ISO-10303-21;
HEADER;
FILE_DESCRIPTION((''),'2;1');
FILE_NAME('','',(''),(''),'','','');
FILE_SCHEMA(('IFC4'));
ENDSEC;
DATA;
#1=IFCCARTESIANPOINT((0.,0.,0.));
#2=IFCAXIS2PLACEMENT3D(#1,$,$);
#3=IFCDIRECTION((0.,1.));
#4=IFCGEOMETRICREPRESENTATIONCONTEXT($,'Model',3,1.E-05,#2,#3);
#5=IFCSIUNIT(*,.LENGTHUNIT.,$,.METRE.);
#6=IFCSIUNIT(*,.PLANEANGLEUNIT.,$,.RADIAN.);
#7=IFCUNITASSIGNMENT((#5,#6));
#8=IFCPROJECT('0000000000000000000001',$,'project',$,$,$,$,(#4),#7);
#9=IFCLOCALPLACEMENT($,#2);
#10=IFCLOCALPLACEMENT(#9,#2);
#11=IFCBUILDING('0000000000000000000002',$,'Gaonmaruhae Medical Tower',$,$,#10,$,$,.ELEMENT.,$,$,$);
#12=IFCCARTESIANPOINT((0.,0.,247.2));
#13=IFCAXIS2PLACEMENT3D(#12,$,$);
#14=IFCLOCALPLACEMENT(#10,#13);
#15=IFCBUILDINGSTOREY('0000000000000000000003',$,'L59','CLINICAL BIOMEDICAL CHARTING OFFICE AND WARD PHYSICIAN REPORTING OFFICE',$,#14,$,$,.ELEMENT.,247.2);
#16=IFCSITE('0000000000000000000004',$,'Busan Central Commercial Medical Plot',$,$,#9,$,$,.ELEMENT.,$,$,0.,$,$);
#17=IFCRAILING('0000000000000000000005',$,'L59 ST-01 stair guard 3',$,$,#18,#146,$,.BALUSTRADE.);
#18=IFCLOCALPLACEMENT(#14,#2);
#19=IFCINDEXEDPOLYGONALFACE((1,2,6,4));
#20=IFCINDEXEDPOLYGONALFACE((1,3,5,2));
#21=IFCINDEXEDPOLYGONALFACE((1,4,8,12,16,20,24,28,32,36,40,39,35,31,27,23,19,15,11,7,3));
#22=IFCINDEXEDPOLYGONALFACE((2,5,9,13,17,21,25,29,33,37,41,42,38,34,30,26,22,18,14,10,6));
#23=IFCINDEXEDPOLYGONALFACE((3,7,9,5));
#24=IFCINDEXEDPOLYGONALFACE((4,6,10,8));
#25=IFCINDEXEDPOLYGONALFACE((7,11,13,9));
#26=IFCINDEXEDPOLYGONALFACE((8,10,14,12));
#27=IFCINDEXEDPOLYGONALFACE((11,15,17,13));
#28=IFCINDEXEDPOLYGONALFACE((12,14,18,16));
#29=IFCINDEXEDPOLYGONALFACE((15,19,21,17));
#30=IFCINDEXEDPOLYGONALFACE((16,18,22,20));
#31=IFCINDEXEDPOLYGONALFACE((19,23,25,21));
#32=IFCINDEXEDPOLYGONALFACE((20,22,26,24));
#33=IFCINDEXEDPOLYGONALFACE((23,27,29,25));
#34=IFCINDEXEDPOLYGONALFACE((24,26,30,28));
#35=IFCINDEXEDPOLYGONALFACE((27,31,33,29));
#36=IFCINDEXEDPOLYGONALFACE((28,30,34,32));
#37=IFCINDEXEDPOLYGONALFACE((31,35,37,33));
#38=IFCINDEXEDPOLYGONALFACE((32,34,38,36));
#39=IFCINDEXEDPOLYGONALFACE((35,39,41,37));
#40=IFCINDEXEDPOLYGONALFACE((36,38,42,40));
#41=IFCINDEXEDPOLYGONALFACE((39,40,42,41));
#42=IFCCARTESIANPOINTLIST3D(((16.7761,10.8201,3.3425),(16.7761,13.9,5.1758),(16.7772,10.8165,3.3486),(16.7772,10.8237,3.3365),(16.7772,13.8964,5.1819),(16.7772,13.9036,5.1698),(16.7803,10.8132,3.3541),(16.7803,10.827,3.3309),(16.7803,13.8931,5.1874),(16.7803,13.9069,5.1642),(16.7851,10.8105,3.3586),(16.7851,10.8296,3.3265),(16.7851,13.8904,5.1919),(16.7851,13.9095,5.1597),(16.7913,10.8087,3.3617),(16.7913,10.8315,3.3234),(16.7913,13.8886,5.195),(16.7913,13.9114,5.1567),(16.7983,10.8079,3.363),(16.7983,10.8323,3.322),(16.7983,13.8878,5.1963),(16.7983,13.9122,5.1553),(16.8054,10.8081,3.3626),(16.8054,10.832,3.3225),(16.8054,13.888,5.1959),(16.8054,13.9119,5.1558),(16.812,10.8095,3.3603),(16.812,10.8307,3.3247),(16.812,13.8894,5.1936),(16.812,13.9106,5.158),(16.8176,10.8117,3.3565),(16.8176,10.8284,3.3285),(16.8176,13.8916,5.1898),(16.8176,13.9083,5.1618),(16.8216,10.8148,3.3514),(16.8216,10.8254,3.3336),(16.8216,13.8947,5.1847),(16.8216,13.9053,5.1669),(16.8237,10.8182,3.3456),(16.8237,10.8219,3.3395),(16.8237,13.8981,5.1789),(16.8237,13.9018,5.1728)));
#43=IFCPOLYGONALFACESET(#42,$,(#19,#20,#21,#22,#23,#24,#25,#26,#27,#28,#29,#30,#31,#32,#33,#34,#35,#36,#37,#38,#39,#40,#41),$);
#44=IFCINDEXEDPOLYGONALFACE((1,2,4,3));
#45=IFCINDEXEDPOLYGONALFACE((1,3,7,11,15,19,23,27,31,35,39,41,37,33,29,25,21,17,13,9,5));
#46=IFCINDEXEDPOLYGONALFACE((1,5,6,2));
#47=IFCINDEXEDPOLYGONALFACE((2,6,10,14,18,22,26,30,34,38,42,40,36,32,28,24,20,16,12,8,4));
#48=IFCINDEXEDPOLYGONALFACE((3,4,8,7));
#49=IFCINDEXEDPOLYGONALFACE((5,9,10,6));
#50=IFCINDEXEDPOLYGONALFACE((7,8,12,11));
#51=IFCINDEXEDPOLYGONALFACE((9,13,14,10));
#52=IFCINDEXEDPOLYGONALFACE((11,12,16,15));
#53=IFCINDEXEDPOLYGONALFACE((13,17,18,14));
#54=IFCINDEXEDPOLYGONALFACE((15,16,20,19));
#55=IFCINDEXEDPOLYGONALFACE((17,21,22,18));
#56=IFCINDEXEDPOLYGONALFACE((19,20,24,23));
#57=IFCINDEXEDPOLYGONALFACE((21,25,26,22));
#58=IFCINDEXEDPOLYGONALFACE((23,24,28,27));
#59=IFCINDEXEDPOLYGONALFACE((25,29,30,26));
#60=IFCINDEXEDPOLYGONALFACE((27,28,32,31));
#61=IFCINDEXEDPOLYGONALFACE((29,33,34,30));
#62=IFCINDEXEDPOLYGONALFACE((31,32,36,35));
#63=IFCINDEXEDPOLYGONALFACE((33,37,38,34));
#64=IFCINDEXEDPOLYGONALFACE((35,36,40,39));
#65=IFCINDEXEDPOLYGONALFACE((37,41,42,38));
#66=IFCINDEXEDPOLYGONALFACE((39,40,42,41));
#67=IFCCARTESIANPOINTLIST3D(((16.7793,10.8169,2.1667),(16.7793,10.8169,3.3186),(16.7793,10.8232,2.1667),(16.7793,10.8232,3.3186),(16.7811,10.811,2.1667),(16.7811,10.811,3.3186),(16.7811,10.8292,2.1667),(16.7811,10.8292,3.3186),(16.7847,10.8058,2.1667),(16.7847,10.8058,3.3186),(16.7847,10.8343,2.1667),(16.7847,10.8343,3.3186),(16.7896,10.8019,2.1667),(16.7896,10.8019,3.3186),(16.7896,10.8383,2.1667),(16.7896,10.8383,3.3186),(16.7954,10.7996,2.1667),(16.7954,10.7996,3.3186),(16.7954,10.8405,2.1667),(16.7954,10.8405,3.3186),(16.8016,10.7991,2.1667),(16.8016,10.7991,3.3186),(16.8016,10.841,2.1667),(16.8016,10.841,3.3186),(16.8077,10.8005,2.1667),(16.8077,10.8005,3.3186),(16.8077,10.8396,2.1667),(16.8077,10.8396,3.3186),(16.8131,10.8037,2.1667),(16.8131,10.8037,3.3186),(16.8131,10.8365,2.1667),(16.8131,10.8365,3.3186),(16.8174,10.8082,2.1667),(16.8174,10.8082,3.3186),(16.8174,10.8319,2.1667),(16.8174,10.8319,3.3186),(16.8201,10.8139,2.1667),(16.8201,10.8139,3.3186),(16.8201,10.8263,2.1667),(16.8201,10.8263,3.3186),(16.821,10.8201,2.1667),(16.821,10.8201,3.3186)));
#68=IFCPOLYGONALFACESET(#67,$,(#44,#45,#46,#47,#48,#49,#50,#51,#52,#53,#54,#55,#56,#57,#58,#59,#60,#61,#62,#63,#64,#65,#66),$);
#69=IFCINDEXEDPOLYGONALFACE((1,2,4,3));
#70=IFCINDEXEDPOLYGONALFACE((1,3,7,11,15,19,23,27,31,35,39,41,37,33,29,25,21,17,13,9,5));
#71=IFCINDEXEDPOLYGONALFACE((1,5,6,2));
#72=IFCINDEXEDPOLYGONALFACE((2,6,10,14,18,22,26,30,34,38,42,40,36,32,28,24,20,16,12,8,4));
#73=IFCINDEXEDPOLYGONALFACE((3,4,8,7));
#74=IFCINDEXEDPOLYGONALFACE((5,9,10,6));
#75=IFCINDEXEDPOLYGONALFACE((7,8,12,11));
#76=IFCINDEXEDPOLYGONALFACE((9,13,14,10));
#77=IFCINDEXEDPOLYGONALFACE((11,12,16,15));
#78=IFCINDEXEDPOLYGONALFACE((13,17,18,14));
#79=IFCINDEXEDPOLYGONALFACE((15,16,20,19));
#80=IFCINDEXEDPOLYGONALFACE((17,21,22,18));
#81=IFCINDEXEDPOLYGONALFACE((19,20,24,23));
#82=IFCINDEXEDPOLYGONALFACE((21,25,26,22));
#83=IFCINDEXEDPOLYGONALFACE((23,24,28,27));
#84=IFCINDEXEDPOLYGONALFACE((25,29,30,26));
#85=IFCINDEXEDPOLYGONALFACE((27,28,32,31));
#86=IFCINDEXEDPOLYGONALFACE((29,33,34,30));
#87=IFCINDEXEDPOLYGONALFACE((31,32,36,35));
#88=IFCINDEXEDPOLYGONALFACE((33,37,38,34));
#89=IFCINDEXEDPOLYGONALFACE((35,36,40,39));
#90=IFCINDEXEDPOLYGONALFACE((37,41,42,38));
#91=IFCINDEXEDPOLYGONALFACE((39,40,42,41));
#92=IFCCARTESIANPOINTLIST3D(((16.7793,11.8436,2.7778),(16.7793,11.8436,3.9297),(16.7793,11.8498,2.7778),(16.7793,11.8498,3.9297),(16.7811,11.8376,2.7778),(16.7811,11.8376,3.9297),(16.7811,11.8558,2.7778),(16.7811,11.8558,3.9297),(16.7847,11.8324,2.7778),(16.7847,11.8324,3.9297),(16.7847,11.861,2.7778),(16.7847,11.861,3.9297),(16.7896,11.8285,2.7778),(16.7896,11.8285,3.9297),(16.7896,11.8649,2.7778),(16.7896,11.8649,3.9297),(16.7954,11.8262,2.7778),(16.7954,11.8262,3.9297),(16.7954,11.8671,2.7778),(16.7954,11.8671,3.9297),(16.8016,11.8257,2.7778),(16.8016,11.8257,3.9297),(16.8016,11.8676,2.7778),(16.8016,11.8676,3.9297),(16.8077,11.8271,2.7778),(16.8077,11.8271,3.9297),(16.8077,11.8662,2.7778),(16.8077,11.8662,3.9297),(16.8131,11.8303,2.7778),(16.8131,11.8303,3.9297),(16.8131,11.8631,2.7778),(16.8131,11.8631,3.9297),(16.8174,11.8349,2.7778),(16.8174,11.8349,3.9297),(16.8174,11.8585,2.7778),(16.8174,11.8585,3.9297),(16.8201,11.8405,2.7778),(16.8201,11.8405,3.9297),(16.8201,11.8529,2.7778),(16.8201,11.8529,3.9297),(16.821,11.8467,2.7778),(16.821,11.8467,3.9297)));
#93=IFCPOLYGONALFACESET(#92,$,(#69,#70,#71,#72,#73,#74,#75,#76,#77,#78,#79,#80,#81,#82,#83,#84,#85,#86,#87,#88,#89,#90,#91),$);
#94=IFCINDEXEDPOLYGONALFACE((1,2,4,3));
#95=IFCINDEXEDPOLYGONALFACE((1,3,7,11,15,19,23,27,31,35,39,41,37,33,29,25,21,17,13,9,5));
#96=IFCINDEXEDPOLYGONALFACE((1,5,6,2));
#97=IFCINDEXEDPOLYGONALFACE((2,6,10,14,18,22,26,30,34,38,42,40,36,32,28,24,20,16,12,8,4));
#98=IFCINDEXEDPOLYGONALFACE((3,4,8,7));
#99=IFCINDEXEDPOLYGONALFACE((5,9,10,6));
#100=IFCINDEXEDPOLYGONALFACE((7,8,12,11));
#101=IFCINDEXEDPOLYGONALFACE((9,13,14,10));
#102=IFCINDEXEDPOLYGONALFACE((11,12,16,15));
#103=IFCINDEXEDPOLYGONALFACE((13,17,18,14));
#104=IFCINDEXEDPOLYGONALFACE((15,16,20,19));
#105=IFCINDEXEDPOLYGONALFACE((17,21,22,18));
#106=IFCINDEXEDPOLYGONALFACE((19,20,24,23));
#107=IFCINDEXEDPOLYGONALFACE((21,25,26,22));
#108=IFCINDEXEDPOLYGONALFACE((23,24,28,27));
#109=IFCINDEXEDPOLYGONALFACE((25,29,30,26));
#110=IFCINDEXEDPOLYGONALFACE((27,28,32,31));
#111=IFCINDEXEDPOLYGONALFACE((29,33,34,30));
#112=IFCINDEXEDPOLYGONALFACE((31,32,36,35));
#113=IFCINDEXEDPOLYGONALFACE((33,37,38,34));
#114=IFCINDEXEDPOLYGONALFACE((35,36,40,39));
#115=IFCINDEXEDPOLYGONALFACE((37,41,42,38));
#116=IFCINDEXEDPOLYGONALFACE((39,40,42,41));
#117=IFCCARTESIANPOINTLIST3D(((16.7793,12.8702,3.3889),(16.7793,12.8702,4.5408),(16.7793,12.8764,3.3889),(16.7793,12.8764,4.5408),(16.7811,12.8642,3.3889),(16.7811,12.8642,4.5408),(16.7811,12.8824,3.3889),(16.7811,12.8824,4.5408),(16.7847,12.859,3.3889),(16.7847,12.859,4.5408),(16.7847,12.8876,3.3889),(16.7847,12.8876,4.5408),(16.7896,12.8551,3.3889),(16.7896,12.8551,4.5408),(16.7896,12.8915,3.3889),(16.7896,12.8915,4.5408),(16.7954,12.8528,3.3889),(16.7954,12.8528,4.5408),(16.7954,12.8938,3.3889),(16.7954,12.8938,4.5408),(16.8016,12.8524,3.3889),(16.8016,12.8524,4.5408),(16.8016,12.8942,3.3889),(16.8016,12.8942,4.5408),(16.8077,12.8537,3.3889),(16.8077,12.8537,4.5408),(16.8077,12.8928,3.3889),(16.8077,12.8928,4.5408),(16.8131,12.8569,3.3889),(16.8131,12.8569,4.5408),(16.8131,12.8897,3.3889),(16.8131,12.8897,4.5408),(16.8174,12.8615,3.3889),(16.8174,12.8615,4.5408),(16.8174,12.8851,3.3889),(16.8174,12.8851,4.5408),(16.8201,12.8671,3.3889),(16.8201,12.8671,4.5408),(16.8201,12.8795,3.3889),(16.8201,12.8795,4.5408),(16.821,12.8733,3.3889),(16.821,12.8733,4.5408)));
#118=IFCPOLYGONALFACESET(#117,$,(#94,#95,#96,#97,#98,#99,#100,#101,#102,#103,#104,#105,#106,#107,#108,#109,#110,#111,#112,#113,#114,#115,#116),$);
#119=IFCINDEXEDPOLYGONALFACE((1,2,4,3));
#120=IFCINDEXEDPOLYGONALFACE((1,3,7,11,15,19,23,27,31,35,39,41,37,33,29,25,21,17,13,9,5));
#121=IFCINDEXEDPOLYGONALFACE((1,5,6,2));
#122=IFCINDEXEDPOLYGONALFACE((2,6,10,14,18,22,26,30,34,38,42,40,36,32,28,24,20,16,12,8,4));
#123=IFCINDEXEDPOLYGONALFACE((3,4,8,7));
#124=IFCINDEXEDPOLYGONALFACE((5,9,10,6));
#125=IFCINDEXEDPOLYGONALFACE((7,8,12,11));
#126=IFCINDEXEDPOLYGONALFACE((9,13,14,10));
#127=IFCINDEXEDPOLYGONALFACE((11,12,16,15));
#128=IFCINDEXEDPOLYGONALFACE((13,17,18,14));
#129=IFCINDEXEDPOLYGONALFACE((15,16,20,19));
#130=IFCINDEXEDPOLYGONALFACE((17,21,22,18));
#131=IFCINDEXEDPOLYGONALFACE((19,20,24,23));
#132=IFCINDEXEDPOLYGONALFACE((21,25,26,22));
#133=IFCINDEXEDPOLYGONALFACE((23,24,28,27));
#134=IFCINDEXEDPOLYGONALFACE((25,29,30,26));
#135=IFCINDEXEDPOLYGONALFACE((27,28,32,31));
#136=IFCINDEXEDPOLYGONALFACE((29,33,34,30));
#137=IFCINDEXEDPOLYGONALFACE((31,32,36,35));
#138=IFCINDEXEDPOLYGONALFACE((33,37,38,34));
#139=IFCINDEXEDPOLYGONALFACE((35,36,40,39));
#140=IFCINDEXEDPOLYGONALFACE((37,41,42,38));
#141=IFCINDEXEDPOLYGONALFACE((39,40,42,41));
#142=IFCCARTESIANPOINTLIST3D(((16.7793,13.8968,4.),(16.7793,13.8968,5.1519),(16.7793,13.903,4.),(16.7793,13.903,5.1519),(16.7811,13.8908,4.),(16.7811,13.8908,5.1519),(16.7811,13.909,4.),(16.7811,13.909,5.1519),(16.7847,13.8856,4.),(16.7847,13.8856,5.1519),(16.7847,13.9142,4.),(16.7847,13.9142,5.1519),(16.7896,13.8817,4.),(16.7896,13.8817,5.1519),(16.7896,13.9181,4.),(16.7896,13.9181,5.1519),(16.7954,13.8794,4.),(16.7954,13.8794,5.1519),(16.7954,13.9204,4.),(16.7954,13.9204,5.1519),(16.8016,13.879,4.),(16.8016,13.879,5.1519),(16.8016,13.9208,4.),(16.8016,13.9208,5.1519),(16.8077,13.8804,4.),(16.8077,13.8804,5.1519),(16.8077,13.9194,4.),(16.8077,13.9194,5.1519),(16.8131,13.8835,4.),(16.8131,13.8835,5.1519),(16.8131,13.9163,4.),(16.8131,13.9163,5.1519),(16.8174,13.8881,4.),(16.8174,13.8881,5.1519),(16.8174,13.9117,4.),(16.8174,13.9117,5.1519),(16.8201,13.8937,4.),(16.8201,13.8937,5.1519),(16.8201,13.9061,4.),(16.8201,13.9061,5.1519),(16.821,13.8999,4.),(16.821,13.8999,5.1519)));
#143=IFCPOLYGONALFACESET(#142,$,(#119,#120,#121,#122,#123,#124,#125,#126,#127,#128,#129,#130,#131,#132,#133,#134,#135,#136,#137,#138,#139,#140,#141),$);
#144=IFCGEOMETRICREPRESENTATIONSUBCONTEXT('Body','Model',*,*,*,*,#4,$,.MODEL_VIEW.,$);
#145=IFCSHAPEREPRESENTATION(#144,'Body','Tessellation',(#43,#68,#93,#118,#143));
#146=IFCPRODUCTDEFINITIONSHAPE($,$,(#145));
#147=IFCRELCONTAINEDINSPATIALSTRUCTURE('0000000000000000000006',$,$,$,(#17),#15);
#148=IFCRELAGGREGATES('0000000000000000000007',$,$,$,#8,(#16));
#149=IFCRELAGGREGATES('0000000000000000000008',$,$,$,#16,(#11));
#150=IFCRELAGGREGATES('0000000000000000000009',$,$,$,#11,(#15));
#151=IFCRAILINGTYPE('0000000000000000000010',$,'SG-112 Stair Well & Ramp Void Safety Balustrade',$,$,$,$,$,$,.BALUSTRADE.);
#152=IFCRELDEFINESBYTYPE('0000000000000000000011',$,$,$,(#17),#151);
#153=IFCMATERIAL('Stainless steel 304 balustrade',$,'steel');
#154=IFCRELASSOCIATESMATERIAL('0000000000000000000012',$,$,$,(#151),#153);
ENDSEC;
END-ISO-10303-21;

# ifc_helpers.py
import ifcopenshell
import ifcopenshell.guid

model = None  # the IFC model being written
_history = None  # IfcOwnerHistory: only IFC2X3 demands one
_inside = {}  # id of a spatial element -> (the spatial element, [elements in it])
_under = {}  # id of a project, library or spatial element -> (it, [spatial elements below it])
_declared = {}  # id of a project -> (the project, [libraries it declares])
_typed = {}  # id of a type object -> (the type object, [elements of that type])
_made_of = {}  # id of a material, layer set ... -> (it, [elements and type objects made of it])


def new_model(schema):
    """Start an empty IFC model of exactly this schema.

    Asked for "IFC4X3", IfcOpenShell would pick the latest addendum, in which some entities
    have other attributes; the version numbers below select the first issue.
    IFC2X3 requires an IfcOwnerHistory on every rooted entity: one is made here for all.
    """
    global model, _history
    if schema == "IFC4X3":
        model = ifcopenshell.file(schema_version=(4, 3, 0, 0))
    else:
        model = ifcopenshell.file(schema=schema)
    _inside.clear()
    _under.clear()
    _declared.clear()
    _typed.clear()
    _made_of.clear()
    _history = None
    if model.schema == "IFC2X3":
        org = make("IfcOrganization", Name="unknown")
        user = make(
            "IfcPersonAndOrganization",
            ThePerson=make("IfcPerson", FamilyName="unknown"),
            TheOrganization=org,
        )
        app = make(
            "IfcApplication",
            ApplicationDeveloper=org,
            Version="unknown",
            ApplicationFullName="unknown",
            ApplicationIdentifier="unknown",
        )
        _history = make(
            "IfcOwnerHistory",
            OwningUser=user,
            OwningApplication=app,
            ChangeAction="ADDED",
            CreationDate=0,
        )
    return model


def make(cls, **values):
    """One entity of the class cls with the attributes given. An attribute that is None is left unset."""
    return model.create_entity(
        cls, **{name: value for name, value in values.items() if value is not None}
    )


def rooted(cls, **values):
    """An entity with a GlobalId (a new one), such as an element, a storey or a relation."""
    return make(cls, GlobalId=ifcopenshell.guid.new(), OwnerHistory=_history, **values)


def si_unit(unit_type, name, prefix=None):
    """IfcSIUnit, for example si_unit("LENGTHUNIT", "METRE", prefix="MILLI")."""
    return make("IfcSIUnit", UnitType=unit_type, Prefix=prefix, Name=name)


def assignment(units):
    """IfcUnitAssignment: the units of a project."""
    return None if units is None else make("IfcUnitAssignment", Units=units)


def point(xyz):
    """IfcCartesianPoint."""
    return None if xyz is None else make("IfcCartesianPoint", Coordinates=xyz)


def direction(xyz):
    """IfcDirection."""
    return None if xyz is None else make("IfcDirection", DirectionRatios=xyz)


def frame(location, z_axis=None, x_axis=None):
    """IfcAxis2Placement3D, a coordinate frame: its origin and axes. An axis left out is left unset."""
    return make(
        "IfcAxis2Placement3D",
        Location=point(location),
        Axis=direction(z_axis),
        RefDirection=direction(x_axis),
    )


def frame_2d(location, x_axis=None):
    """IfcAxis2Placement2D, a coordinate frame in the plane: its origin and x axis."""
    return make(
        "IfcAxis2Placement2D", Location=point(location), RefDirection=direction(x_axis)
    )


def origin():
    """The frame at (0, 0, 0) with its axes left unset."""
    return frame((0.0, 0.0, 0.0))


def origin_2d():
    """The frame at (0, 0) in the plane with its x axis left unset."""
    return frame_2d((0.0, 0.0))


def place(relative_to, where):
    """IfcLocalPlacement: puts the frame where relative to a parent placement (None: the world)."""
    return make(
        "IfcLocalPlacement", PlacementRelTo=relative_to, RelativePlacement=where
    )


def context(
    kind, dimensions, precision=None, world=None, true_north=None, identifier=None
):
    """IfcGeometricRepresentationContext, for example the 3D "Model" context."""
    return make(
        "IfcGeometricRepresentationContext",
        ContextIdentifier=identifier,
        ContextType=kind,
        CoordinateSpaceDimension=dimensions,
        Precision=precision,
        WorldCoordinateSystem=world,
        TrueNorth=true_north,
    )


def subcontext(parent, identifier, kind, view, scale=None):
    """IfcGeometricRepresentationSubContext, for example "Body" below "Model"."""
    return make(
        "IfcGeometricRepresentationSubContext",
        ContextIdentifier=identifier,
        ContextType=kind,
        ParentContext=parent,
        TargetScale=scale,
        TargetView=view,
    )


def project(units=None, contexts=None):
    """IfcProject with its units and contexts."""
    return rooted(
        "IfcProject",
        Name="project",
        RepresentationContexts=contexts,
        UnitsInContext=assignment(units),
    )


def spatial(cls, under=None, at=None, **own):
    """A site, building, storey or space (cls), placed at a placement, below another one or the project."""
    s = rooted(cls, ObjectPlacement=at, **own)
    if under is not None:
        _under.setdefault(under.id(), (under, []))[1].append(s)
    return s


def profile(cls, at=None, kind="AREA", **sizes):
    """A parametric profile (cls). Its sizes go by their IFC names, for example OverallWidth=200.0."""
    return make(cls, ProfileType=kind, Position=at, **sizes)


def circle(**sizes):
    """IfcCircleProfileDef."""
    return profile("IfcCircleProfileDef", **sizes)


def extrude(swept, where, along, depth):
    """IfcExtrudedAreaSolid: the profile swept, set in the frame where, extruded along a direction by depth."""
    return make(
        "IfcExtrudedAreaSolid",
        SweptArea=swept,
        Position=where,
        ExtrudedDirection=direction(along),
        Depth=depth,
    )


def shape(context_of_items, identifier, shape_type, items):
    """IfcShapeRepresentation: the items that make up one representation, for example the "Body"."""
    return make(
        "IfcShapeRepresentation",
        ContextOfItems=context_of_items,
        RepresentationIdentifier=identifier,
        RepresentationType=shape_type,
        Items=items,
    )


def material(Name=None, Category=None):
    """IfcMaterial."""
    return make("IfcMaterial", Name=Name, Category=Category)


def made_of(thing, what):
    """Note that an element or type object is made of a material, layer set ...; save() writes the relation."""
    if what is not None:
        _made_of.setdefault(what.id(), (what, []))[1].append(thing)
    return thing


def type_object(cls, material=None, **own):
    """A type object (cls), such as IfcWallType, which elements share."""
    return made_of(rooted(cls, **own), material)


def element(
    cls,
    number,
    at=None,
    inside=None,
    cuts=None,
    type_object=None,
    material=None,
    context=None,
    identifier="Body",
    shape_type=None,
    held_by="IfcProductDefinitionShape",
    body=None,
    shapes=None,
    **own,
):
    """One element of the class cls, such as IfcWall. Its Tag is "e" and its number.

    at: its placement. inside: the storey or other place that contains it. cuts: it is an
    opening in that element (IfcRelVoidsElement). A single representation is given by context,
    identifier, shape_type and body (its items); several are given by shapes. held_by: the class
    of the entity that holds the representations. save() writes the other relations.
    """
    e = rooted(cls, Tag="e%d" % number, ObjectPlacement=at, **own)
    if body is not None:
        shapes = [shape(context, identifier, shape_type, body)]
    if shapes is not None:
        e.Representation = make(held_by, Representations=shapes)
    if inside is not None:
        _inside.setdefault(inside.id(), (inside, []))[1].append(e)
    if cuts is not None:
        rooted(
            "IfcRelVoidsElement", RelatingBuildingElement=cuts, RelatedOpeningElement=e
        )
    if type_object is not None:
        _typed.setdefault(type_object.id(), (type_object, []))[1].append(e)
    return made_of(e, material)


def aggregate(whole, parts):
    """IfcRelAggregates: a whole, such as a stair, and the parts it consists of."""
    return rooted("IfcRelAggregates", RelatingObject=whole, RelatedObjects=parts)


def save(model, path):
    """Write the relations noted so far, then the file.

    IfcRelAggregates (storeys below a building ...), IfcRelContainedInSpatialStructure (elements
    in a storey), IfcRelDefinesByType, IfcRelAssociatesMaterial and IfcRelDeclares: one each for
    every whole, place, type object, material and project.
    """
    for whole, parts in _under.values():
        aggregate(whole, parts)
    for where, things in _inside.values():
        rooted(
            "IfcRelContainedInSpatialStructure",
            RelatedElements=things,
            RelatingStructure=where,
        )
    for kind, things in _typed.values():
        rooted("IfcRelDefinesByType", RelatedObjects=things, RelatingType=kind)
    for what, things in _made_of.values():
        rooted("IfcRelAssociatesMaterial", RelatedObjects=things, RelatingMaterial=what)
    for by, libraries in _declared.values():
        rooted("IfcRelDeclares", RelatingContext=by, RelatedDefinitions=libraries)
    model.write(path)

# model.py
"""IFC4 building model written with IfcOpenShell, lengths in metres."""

from ifc_helpers import new_model, si_unit, direction, frame, origin, origin_2d, place, context, subcontext, project, spatial, circle, extrude, material, type_object, element, save


model = new_model("IFC4")

# Units and contexts
model_context = context("Model", 3, precision=1e-05, world=origin(), true_north=direction((0.0, 1.0)))
body_context = subcontext(model_context, "Body", "Model", "MODEL_VIEW")
ifc_project = project(units=[si_unit("LENGTHUNIT", "METRE"), si_unit("PLANEANGLEUNIT", "RADIAN")], contexts=[model_context])

# Site, building, storey
site_placement = place(None, origin())
site = spatial("IfcSite", under=ifc_project, at=site_placement, Name="Busan Central Commercial Medical Plot", CompositionType="ELEMENT", RefElevation=0.0)
building_placement = place(site_placement, origin())
building = spatial("IfcBuilding", under=site, at=building_placement, Name="Gaonmaruhae Medical Tower", CompositionType="ELEMENT")
storey_placement = place(building_placement, frame((0.0, 0.0, 247.2)))
storey = spatial("IfcBuildingStorey", under=building, at=storey_placement, Name="L59", Description="CLINICAL BIOMEDICAL CHARTING OFFICE AND WARD PHYSICIAN REPORTING OFFICE", CompositionType="ELEMENT", Elevation=247.2)

# Railing
ifc_material_1 = material(Name="Stainless steel 304 balustrade", Category="steel")
railing_type_1 = type_object("IfcRailingType", Name="SG-112 Stair Well & Ramp Void Safety Balustrade", PredefinedType="BALUSTRADE", material=ifc_material_1)
railing_1_placement = place(storey_placement, frame((16.8, 10.8201, 2.1667)))
element("IfcRailing", 1, at=railing_1_placement, inside=storey, type_object=railing_type_1, Name="L59 ST-01 stair guard 3", PredefinedType="BALUSTRADE", context=body_context, shape_type="SweptSolid", body=[
    extrude(circle(Radius=0.0239, at=origin_2d()), frame((0.0, 0.0, 1.1758), z_axis=(0.0, 0.859291, 0.511487), x_axis=(-1.0, 0.0, 0.0)), (0.0, 0.0, 1.0), 3.5842),
    extrude(circle(Radius=0.021, at=origin_2d()), origin(), (0.0, 0.0, 1.0), 1.1519),
    extrude(circle(Radius=0.021, at=origin_2d()), frame((0.0, 1.0266, 0.6111)), (0.0, 0.0, 1.0), 1.1519),
    extrude(circle(Radius=0.021, at=origin_2d()), frame((0.0, 2.0532, 1.2222)), (0.0, 0.0, 1.0), 1.1519),
    extrude(circle(Radius=0.021, at=origin_2d()), frame((0.0, 3.0798, 1.8333)), (0.0, 0.0, 1.0), 1.1519),
])

save(model, "model.ifc")
